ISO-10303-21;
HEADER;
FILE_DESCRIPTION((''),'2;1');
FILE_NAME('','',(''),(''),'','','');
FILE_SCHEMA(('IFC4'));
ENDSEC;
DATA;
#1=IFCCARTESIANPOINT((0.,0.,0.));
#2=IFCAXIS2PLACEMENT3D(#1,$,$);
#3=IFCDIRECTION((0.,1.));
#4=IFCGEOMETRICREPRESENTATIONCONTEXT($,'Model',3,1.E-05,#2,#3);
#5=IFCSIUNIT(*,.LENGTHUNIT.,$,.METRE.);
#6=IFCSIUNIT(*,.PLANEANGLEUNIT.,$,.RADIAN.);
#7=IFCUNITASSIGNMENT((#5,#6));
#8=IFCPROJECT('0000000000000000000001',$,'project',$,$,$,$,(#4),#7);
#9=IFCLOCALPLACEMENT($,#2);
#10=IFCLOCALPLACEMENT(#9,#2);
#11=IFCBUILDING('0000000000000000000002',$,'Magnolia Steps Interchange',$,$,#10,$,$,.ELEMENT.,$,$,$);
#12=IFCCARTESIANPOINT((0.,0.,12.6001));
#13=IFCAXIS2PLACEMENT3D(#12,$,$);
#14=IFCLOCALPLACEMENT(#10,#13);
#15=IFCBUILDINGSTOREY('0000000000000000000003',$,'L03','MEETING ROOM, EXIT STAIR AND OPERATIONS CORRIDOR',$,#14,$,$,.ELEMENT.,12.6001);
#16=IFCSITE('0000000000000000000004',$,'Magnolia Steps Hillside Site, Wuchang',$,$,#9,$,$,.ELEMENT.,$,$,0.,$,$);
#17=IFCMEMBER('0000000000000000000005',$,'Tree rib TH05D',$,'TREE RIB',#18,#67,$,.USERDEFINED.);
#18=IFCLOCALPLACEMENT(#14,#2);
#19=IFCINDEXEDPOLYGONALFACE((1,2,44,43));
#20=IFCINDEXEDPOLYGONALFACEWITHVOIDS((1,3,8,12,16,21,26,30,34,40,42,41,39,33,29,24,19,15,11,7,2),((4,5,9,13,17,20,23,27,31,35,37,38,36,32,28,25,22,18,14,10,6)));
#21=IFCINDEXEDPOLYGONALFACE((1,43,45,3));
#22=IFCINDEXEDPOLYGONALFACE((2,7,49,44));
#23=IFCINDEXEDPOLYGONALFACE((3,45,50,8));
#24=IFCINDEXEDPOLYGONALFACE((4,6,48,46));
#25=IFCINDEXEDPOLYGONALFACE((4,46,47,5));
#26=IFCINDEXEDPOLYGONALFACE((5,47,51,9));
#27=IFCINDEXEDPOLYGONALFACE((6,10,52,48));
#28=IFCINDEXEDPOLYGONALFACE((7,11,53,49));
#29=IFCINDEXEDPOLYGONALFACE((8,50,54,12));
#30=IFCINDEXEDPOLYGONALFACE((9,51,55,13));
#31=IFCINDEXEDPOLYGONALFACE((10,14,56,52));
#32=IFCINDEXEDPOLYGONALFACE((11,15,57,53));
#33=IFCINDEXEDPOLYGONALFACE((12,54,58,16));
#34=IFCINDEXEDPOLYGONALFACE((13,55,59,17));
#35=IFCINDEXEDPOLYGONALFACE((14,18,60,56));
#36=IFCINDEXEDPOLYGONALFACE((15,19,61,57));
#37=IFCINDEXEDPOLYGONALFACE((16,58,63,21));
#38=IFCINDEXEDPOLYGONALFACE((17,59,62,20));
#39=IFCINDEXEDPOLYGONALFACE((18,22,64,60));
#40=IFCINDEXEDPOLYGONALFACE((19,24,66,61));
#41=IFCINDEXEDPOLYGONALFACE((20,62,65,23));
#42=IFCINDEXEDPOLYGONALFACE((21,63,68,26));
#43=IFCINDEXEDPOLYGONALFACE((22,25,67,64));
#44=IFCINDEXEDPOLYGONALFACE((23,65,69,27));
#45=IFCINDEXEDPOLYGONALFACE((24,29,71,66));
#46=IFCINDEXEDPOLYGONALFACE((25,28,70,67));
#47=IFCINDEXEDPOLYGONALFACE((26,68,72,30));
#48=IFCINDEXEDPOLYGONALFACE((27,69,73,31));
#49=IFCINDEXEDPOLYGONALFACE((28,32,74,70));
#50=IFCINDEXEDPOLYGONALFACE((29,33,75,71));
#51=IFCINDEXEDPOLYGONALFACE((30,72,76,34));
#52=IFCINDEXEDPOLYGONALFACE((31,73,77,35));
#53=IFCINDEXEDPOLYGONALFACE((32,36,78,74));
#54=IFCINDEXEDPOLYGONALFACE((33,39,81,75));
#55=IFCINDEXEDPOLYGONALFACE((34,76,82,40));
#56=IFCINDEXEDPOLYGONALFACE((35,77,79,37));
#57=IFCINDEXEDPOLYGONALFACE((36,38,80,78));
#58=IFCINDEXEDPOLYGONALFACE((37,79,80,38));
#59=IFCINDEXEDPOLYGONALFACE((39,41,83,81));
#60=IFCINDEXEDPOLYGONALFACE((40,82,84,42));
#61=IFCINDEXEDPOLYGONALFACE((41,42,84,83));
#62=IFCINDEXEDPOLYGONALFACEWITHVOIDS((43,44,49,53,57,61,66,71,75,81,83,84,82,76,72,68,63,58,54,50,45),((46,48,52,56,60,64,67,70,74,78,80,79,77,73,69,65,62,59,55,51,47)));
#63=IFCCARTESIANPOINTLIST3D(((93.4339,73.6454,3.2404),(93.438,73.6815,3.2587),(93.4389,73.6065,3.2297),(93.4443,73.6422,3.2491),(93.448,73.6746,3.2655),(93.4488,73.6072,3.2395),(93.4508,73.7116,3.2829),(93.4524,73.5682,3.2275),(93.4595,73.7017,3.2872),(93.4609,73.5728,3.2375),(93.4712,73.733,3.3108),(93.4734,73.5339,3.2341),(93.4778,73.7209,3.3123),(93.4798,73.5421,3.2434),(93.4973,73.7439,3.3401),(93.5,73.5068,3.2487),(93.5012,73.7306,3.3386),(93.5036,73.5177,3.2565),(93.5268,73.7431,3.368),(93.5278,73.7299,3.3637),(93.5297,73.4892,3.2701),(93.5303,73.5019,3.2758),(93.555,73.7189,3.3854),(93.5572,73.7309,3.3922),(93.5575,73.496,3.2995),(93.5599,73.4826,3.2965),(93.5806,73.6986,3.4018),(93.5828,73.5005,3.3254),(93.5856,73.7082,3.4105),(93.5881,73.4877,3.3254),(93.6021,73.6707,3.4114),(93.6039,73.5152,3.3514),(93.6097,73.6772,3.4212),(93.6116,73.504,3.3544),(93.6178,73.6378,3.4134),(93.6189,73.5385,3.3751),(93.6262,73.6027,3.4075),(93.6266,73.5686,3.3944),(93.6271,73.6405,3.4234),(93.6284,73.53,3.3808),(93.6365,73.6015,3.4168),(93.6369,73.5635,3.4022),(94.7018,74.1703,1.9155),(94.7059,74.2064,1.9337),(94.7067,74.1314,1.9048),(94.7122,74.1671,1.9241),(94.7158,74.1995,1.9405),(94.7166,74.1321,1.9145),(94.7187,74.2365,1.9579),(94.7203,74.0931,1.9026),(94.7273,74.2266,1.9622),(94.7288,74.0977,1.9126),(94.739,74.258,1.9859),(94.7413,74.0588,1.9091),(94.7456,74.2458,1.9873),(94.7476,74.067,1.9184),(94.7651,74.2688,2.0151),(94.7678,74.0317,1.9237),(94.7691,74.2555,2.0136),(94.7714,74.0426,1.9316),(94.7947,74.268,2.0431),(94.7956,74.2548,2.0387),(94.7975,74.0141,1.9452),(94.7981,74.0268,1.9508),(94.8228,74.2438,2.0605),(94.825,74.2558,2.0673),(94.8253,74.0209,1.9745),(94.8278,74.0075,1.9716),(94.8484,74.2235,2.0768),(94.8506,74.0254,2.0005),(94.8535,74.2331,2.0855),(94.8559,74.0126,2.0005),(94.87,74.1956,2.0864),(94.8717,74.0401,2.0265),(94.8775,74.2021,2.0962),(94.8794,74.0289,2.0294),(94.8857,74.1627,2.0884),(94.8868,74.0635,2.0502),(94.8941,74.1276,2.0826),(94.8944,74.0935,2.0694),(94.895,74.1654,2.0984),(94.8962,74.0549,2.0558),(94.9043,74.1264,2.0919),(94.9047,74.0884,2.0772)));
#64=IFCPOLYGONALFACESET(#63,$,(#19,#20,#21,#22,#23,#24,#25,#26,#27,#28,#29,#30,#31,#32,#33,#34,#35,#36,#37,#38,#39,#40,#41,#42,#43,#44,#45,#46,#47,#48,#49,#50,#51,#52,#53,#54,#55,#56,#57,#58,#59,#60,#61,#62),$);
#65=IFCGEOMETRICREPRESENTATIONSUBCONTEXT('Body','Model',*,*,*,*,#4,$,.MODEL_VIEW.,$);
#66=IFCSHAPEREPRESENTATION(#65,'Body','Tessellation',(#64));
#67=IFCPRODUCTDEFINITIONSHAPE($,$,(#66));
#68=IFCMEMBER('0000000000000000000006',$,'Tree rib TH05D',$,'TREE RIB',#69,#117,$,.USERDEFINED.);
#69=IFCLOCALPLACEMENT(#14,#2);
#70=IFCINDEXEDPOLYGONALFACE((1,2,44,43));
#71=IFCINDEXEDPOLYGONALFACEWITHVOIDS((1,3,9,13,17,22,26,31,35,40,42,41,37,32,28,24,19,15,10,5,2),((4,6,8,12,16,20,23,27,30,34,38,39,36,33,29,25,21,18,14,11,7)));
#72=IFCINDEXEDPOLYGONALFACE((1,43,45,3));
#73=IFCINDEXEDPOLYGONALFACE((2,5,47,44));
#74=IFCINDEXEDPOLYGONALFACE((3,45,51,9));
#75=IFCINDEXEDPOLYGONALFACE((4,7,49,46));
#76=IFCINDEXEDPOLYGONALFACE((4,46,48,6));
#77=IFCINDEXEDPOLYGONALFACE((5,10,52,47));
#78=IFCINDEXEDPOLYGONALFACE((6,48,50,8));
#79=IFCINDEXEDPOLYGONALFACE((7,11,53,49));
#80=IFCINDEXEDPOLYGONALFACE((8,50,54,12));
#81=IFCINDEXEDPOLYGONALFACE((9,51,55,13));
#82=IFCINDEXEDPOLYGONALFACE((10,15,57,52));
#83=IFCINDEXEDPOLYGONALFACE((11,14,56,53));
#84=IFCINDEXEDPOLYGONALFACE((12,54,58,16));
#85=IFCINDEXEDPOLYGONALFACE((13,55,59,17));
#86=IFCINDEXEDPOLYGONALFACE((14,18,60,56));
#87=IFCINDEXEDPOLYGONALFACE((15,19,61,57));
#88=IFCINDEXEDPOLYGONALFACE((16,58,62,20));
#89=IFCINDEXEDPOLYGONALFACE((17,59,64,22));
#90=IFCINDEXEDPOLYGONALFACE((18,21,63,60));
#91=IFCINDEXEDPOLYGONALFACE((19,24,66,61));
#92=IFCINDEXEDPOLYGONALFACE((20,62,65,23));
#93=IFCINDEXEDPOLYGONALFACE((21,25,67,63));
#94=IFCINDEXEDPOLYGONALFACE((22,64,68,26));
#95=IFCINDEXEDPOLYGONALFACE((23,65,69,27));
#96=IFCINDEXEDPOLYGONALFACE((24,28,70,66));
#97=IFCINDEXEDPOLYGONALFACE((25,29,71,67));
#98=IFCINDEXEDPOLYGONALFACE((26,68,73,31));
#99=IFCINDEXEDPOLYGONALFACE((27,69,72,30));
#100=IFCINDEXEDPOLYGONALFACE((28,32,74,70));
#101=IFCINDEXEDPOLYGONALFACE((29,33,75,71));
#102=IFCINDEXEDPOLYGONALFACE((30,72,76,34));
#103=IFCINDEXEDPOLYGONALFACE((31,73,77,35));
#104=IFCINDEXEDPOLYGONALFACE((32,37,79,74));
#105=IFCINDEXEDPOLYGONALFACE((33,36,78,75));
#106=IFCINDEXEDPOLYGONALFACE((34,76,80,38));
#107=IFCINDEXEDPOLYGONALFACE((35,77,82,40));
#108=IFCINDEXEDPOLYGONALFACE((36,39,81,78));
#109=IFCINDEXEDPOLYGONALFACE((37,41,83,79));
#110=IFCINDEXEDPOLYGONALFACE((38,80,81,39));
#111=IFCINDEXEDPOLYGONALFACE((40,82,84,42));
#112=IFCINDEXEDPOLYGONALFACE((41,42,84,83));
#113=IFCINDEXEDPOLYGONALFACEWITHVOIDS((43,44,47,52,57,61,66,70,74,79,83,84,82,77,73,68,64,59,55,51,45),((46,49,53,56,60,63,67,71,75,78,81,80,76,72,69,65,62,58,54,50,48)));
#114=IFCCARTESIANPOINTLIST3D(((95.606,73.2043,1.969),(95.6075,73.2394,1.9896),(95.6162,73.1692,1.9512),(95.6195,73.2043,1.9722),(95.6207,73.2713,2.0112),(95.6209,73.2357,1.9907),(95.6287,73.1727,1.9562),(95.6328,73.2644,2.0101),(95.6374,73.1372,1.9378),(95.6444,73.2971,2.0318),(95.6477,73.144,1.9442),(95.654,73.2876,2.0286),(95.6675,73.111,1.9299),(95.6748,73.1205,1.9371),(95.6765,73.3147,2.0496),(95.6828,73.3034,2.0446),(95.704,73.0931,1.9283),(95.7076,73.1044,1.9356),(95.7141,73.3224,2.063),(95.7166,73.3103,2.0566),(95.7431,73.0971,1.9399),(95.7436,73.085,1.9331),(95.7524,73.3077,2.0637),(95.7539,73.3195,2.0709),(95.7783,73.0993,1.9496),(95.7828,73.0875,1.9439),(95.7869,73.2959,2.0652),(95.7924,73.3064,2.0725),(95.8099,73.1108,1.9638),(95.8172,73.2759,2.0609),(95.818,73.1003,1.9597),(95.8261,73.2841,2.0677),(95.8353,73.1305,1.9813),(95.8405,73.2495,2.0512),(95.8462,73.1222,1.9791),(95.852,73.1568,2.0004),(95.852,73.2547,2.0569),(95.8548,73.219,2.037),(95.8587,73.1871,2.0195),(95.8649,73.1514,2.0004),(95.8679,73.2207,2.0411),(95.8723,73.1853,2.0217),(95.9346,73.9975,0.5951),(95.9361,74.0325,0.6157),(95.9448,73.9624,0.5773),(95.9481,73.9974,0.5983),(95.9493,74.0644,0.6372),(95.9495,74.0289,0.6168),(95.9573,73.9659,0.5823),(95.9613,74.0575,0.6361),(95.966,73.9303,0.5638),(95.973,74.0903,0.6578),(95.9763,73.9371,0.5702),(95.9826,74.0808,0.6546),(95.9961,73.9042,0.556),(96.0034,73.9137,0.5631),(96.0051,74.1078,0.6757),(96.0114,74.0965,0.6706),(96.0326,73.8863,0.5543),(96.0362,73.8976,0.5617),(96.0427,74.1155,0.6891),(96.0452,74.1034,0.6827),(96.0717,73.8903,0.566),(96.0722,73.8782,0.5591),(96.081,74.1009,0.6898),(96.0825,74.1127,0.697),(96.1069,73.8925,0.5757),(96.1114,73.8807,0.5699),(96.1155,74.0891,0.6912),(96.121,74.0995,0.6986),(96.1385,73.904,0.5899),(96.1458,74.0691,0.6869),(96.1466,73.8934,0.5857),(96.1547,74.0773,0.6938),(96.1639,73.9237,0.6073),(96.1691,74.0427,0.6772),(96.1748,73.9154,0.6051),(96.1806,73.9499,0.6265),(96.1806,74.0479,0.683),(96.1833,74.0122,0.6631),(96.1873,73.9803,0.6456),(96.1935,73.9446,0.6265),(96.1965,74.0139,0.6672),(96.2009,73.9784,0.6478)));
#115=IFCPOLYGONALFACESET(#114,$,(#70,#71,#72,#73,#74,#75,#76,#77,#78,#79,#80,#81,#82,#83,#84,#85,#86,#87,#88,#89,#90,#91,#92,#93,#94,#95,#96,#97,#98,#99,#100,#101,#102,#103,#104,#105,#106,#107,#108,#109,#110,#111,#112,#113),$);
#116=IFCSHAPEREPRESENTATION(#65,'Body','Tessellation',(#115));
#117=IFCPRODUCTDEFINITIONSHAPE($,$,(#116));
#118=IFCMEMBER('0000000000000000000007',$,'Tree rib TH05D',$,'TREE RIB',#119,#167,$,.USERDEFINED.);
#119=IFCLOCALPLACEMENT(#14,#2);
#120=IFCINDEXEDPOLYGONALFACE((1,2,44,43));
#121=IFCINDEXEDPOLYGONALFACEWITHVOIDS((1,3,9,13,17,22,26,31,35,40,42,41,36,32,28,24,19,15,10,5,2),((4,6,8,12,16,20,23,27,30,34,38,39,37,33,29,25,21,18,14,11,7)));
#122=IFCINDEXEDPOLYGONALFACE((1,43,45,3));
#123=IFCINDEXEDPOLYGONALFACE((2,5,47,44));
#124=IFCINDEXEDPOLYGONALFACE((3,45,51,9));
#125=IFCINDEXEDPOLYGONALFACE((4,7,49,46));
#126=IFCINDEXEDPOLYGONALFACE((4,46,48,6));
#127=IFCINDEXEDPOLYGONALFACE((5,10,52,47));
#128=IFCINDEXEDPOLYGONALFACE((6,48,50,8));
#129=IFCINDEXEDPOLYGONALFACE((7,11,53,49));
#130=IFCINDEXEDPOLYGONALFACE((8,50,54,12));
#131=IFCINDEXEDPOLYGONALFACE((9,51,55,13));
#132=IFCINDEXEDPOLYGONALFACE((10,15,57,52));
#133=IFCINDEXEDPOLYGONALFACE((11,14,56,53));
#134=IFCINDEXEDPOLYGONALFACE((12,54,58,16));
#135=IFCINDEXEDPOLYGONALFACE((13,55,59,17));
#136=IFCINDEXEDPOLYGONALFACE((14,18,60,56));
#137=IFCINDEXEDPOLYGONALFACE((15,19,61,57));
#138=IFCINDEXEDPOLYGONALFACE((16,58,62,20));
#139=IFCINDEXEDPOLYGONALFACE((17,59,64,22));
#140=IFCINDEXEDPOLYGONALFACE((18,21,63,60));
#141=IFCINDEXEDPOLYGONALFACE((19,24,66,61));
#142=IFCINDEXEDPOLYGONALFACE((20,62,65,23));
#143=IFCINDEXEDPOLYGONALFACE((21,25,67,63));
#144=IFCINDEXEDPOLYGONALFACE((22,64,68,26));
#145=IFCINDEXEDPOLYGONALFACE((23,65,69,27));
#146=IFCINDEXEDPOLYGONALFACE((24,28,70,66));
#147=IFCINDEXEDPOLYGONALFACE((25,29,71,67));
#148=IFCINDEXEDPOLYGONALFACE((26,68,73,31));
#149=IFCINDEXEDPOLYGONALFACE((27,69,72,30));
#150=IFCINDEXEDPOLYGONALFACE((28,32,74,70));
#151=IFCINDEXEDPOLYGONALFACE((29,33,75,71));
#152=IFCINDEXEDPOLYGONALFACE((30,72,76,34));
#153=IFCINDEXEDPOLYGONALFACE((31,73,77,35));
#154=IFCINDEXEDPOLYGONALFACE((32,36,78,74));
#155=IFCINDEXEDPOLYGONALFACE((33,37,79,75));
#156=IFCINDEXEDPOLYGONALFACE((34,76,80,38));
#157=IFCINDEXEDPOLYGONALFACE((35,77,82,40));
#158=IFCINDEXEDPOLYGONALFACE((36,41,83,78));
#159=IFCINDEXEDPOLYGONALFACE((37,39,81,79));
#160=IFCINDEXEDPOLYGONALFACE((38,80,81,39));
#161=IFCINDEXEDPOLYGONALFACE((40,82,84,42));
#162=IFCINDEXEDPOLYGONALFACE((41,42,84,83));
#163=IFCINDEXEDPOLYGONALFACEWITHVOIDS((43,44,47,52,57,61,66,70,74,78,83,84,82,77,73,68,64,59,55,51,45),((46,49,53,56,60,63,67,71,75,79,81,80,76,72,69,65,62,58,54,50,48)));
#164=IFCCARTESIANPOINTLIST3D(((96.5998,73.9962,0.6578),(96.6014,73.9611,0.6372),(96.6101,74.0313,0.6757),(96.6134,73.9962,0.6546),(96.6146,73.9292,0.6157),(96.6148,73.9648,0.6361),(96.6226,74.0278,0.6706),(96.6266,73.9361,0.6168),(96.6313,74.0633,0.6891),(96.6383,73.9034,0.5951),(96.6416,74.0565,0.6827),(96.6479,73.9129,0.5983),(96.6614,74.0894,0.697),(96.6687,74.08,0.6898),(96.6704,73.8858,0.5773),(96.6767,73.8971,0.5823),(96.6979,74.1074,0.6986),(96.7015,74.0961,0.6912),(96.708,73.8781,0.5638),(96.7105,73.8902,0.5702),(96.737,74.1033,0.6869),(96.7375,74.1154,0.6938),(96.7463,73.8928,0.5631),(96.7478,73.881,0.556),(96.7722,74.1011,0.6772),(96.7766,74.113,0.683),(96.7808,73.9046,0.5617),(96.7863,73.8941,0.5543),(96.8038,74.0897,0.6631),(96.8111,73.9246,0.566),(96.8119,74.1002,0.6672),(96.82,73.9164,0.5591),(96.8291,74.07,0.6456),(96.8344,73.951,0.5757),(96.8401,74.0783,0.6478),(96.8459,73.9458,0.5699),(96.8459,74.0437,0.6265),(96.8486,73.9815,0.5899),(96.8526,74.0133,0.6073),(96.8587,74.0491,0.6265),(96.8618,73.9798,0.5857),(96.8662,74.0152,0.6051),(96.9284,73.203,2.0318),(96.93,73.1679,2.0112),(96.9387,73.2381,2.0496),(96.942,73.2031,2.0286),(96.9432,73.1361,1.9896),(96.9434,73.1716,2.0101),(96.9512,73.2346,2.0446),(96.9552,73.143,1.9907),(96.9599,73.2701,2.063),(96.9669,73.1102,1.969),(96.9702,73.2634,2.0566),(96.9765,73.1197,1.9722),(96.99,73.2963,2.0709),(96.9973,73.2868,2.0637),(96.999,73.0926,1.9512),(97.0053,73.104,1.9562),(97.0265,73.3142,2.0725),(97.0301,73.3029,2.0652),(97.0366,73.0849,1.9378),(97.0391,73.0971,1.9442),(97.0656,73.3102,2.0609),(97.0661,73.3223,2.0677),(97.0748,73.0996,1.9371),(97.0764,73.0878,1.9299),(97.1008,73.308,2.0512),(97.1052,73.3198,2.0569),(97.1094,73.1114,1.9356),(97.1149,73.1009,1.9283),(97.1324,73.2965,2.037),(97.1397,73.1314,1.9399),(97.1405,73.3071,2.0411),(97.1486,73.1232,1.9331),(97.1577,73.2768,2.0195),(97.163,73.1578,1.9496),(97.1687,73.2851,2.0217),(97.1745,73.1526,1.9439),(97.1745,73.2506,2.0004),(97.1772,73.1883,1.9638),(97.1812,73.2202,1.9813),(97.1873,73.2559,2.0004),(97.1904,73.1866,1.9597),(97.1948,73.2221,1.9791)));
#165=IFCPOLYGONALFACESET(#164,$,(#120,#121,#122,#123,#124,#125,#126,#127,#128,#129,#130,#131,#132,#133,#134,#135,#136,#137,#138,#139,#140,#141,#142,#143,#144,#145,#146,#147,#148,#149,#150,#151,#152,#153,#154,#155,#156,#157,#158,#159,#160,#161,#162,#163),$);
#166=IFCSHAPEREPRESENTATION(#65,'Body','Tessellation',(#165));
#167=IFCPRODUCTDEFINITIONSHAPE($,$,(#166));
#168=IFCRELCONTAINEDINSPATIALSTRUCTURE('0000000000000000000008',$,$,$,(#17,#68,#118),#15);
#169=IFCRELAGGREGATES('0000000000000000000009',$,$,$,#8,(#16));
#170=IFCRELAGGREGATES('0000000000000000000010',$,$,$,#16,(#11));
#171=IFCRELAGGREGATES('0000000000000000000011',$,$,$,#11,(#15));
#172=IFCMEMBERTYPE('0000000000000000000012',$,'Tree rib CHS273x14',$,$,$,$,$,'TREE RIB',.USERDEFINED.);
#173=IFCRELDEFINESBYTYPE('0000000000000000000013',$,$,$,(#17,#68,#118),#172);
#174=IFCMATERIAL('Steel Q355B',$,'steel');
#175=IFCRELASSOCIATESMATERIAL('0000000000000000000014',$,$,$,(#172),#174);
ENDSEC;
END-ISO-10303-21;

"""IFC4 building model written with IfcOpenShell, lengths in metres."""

from ifc_helpers import new_model, si_unit, direction, frame, origin, origin_2d, place, context, subcontext, project, spatial, hollow_circle, extrude, material, material_profile, profile_set, type_object, element, save


model = new_model("IFC4")

# Units and contexts
model_context = context("Model", 3, precision=1e-05, world=origin(), true_north=direction((0.0, 1.0)))
body_context = subcontext(model_context, "Body", "Model", "MODEL_VIEW")
ifc_project = project(units=[si_unit("LENGTHUNIT", "METRE"), si_unit("PLANEANGLEUNIT", "RADIAN")], contexts=[model_context])

# Site, building, storey
site_placement = place(None, origin())
site = spatial("IfcSite", under=ifc_project, at=site_placement, Name="Magnolia Steps Hillside Site, Wuchang", CompositionType="ELEMENT", RefElevation=0.0)
building_placement = place(site_placement, origin())
building = spatial("IfcBuilding", under=site, at=building_placement, Name="Magnolia Steps Interchange", CompositionType="ELEMENT")
storey_placement = place(building_placement, frame((0.0, 0.0, 12.6001)))
storey = spatial("IfcBuildingStorey", under=building, at=storey_placement, Name="L03", Description="MEETING ROOM, EXIT STAIR AND OPERATIONS CORRIDOR", CompositionType="ELEMENT", Elevation=12.6001)

# Members
ifc_material_1 = material(Name="Steel Q355B", Category="steel")
ifc_material_profile_1 = material_profile(ifc_material_1, hollow_circle(Radius=0.1365, WallThickness=0.0139, at=origin_2d()), Name="CHS273x14")
ifc_profile_set_1 = profile_set([ifc_material_profile_1], Name="Steel Q355B")
member_type_1 = type_object("IfcMemberType", Name="Tree rib CHS273x14", ElementType="TREE RIB", PredefinedType="USERDEFINED", material=ifc_profile_set_1)
member_1_placement = place(storey_placement, frame((94.8037, 74.1387, 2.0005), z_axis=(-0.664666, -0.275184, 0.694617), x_axis=(0.38253, -0.923943, 0.0)))
element("IfcMember", 1, at=member_1_placement, inside=storey, type_object=member_type_1, Name="Tree rib TH05D", ObjectType="TREE RIB", PredefinedType="USERDEFINED", context=body_context, shape_type="SweptSolid", body=[
    extrude(hollow_circle(Radius=0.1365, WallThickness=0.0139, at=origin_2d()), origin(), (0.0, 0.0, 1.0), 1.9075),
])
for number, where, z_axis, x_axis, name in (
    (2, (96.0674, 73.9968, 0.6265), (-0.20282, -0.489571, 0.848047), (0.923857, -0.382737, 0.0), "Tree rib TH05D"),
    (3, (96.7327, 73.9968, 0.6265), (0.20282, -0.489571, 0.848047), (0.923857, 0.382737, 0.0), "Tree rib TH05D"),
):
    element("IfcMember", number, at=place(storey_placement, frame(where, z_axis=z_axis, x_axis=x_axis)), inside=storey, type_object=member_type_1, Name=name, ObjectType="TREE RIB", PredefinedType="USERDEFINED", context=body_context, shape_type="SweptSolid", body=[
        extrude(hollow_circle(Radius=0.1365, WallThickness=0.0139, at=origin_2d()), origin(), (0.0, 0.0, 1.0), 1.6201),
    ])

save(model, "model.ifc")
